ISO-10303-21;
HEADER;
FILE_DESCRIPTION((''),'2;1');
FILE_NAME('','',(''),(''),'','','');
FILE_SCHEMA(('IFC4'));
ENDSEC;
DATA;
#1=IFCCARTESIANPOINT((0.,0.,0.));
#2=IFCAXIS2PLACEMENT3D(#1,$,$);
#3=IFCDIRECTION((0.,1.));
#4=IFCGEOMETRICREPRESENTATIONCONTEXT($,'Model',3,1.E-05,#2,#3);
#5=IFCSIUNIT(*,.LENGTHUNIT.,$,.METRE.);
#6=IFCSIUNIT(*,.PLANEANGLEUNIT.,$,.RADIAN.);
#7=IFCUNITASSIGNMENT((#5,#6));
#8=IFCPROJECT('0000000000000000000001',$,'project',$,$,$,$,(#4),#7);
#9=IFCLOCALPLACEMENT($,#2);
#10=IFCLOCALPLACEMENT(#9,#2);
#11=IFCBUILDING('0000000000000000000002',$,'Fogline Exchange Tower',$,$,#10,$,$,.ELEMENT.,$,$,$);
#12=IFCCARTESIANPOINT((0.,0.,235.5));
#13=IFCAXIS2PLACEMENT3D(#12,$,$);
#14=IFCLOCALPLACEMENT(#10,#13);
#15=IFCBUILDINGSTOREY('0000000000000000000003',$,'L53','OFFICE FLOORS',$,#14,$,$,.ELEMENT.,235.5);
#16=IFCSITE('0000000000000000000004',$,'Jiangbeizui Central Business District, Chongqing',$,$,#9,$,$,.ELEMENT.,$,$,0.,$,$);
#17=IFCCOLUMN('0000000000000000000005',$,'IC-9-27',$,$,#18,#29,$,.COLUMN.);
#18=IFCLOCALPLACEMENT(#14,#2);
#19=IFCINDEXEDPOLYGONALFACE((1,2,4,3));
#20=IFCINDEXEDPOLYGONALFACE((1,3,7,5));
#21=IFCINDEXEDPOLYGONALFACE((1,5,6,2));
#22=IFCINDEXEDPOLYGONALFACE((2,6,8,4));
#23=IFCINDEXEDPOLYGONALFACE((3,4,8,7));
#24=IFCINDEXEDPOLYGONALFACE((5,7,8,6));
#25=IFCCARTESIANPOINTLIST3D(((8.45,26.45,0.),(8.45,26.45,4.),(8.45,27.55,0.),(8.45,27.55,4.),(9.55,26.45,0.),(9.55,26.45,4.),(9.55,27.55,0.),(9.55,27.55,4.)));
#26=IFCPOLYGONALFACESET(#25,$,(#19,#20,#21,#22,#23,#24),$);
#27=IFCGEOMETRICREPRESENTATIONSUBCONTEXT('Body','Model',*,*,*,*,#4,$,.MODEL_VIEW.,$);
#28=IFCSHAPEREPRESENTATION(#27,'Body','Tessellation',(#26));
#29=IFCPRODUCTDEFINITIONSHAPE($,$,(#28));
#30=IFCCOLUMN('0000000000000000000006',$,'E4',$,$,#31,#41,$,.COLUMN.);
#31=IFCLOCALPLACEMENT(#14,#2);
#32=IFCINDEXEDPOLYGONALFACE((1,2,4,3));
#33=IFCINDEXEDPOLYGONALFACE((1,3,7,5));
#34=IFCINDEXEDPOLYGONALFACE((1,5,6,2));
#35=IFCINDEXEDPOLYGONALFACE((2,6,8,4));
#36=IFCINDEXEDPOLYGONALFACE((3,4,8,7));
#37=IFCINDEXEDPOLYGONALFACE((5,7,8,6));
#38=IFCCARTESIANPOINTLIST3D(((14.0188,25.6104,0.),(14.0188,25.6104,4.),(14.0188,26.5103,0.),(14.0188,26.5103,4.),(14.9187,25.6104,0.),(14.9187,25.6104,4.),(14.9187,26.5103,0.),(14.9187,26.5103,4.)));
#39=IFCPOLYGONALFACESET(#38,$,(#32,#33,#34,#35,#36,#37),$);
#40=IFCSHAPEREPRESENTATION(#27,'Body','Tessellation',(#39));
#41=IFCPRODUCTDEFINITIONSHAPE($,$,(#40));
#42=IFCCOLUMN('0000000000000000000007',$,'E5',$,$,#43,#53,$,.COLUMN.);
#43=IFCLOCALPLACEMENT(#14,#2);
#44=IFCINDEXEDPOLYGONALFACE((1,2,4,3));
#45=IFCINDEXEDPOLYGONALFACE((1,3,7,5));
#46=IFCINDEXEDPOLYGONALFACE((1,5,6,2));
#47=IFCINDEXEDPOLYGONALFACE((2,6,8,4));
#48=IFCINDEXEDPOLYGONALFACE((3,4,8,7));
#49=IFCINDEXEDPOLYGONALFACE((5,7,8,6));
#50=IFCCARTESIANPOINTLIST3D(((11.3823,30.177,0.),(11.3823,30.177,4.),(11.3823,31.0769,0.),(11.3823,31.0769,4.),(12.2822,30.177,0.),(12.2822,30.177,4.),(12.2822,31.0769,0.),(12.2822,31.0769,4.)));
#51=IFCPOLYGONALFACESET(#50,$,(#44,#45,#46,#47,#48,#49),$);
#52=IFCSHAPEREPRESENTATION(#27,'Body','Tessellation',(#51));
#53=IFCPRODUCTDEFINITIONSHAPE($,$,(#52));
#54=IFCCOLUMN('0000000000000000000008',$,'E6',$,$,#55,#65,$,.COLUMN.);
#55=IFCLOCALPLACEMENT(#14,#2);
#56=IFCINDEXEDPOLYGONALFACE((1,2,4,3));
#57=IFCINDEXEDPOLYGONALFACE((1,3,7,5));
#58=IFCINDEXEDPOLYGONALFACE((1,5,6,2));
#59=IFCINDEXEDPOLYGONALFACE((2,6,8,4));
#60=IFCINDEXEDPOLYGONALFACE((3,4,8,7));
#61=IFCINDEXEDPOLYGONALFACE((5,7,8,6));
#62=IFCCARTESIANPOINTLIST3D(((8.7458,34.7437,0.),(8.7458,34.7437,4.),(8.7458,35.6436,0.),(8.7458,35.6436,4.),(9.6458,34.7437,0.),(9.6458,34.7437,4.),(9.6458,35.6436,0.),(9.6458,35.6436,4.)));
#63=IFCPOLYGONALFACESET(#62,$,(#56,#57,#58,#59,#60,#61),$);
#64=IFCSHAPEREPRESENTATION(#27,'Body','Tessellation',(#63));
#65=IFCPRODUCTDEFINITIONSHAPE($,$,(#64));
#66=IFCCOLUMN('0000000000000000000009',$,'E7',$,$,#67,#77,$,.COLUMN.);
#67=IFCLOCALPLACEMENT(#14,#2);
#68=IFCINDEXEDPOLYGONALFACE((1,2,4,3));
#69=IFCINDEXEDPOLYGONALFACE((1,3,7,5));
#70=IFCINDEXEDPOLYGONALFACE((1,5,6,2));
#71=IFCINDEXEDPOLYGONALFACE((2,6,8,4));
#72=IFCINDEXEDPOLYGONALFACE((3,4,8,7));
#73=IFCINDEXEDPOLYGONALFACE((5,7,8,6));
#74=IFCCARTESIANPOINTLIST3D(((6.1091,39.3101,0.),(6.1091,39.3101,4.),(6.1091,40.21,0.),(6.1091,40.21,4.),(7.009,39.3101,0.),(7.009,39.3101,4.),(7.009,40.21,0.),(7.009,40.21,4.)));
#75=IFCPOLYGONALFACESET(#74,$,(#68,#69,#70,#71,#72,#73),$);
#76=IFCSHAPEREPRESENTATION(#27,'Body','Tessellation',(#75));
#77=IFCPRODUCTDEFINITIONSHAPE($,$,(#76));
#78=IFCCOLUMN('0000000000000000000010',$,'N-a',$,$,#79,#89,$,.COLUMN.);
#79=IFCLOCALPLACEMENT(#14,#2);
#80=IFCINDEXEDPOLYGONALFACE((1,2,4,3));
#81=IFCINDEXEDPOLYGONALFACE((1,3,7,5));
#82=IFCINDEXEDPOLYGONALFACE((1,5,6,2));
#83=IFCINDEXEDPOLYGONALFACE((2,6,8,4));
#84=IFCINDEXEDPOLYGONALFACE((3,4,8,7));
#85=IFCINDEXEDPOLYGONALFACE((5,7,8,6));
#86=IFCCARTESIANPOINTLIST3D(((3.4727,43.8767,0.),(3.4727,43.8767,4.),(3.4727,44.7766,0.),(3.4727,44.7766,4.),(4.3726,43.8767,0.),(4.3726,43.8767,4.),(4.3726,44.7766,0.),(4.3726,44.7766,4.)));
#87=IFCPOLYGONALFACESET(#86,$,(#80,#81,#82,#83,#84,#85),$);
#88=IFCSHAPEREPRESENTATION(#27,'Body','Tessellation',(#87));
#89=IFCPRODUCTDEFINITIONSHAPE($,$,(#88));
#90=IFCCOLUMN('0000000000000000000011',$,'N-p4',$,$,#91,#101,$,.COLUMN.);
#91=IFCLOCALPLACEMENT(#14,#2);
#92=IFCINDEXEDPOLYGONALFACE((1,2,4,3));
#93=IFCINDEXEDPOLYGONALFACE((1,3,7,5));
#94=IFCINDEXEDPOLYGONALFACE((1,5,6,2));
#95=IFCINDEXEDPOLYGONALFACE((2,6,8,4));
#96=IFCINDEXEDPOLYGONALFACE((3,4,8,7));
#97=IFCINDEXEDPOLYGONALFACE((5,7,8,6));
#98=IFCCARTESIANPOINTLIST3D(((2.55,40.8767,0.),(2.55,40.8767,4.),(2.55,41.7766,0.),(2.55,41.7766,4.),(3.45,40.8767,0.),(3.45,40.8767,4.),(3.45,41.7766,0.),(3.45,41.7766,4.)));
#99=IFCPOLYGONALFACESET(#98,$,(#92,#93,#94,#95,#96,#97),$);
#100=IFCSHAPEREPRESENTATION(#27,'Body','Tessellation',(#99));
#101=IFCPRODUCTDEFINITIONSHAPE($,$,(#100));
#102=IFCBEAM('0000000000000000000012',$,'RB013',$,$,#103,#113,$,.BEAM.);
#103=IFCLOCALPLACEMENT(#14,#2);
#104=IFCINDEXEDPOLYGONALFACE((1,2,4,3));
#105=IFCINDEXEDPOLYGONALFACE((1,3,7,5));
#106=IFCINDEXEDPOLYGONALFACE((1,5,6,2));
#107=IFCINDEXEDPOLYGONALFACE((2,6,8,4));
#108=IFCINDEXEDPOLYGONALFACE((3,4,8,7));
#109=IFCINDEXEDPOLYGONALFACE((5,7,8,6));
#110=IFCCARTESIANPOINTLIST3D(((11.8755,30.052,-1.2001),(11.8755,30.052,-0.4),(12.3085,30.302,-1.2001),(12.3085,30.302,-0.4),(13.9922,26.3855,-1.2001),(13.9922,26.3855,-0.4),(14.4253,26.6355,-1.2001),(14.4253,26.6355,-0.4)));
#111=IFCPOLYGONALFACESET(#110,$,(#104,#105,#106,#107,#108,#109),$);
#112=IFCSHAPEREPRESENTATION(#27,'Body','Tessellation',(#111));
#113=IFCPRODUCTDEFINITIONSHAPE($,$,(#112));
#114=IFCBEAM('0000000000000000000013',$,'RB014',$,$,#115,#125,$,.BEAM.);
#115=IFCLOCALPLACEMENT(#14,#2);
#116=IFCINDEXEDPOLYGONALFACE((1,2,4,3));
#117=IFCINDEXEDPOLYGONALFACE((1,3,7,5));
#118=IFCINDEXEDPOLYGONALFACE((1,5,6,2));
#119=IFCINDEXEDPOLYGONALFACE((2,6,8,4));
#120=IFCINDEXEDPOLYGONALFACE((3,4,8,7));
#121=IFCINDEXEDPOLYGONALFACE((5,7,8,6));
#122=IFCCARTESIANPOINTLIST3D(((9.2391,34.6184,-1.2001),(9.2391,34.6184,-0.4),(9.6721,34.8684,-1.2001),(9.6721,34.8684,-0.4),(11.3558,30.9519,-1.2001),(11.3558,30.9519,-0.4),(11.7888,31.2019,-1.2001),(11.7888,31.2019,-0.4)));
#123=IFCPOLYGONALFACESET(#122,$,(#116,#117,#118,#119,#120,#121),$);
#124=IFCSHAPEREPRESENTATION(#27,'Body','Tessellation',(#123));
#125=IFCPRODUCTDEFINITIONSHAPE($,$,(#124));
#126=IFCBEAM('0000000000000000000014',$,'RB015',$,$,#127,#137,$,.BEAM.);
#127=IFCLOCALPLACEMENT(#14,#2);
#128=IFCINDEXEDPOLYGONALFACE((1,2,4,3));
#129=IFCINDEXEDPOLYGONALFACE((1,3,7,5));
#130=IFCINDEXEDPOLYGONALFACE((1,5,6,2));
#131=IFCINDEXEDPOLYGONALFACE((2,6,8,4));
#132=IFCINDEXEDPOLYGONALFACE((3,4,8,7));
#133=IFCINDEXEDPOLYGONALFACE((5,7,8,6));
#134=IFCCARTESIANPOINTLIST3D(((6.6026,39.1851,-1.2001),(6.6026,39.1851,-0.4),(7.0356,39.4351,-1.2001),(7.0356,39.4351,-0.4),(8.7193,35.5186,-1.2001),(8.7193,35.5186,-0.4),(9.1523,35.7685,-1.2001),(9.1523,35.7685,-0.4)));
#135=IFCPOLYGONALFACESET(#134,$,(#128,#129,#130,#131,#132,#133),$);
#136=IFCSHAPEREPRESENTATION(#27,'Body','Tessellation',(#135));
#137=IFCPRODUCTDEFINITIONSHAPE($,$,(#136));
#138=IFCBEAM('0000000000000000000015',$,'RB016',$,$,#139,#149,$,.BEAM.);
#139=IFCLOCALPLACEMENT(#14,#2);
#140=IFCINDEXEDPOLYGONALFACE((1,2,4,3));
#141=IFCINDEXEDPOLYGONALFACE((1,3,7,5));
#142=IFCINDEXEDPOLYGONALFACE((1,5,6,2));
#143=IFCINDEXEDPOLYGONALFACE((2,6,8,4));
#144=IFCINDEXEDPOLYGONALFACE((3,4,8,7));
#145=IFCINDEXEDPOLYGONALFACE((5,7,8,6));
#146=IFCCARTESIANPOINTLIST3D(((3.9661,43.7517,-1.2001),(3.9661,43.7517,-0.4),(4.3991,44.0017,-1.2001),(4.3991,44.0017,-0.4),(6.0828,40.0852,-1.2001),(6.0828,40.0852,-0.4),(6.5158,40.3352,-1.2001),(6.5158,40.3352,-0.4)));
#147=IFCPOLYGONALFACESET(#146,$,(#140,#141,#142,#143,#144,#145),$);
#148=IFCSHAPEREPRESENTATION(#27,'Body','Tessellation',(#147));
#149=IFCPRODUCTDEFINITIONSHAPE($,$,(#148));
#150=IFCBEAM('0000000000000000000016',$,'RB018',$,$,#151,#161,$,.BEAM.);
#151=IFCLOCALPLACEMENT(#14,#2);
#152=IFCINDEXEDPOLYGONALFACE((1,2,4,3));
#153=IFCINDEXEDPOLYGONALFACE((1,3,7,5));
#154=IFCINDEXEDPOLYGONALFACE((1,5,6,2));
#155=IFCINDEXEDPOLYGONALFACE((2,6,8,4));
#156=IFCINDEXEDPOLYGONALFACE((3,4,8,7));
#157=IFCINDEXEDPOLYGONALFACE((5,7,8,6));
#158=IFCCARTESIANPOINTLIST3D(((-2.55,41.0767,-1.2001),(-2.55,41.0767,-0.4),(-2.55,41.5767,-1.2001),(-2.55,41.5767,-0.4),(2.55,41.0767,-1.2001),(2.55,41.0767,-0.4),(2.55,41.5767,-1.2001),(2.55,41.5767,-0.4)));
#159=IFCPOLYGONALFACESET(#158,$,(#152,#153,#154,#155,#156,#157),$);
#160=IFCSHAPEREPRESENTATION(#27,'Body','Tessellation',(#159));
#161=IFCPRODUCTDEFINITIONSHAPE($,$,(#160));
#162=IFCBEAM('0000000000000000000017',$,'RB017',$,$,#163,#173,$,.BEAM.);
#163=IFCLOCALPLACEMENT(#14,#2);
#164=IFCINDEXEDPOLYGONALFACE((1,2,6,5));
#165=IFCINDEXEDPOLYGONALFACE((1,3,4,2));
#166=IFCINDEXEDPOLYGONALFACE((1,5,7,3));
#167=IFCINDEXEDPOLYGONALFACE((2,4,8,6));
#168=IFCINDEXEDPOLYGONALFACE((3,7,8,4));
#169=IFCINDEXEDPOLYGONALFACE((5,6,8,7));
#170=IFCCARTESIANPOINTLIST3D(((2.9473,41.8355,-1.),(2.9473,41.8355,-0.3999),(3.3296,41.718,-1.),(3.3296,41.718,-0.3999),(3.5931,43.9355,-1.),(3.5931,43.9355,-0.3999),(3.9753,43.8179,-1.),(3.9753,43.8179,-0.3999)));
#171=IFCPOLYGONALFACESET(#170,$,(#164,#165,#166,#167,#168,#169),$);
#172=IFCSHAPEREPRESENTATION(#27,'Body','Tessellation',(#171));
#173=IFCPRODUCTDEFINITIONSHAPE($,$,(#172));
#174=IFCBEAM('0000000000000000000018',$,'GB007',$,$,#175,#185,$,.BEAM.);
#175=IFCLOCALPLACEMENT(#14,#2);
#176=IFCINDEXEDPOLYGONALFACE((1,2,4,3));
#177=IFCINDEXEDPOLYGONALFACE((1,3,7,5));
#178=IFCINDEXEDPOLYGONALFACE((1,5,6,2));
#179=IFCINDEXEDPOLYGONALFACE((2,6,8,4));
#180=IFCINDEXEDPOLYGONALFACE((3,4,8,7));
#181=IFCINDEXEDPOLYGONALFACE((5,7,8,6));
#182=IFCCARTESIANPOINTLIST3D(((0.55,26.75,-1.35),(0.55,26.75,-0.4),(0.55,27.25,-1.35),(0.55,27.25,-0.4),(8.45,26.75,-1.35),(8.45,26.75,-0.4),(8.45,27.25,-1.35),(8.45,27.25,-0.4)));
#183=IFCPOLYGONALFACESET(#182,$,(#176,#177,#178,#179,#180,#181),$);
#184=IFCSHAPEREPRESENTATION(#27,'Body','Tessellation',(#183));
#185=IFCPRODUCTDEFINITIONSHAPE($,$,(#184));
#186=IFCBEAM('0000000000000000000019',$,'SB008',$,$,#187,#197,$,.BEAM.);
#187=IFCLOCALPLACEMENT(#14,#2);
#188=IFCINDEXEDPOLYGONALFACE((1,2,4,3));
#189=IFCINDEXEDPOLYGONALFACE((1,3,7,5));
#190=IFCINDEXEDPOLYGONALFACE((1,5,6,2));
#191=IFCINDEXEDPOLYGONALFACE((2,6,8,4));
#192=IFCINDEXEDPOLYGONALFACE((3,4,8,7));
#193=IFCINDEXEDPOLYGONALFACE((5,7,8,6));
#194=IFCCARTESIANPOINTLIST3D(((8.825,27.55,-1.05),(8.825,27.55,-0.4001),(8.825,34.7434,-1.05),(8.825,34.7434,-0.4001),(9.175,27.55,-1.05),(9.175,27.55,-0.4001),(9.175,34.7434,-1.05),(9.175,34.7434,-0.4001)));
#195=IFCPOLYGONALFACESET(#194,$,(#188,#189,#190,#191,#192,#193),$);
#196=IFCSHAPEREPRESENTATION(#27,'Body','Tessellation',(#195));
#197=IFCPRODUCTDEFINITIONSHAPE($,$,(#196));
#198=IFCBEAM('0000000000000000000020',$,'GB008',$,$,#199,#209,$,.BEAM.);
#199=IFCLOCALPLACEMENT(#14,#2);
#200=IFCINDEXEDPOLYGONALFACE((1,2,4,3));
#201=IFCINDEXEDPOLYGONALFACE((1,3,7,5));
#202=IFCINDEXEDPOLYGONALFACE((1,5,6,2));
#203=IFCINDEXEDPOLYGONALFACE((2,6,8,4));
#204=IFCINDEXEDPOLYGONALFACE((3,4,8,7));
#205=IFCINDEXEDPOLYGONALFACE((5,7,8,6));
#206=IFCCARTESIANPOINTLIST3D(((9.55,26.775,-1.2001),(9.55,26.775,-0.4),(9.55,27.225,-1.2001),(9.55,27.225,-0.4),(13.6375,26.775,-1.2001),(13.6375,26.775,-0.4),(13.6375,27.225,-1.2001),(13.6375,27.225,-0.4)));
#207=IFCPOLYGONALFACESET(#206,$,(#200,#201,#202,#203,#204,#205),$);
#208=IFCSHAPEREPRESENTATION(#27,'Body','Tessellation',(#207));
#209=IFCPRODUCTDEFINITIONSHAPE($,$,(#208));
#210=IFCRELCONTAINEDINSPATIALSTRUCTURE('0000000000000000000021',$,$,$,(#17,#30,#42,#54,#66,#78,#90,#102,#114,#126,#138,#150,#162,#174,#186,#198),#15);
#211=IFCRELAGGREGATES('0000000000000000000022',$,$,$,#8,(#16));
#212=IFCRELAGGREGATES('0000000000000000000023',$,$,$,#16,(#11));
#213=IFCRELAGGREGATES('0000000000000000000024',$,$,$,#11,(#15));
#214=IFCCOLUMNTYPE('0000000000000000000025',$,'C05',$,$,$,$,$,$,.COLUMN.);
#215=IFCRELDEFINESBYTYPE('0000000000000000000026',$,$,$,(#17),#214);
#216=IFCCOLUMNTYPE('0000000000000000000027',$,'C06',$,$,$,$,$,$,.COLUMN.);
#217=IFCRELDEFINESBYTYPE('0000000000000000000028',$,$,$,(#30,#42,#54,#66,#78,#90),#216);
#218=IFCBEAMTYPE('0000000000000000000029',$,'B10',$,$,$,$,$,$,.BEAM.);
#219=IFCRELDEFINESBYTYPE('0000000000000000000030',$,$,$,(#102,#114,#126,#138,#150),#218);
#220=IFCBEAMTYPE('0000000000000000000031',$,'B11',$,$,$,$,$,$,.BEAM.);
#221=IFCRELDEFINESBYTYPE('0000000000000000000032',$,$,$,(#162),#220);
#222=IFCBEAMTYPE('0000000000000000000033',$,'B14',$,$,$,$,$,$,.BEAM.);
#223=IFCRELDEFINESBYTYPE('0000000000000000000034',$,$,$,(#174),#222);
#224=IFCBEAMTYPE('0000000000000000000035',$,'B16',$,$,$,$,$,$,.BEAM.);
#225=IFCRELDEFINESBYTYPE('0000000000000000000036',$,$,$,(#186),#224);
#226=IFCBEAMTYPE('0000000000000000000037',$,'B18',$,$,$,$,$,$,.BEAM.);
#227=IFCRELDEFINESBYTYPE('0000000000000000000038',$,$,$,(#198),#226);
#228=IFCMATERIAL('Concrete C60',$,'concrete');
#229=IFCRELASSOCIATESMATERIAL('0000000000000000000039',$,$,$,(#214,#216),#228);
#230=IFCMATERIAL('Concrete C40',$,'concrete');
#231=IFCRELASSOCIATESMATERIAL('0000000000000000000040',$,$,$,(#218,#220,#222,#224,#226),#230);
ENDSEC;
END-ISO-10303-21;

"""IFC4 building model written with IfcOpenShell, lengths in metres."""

from ifc_helpers import new_model, si_unit, direction, frame, origin, origin_2d, place, context, subcontext, project, spatial, rectangle, extrude, material, material_profile, profile_set, type_object, element, save


model = new_model("IFC4")

# Units and contexts
model_context = context("Model", 3, precision=1e-05, world=origin(), true_north=direction((0.0, 1.0)))
body_context = subcontext(model_context, "Body", "Model", "MODEL_VIEW")
ifc_project = project(units=[si_unit("LENGTHUNIT", "METRE"), si_unit("PLANEANGLEUNIT", "RADIAN")], contexts=[model_context])

# Site, building, storey
site_placement = place(None, origin())
site = spatial("IfcSite", under=ifc_project, at=site_placement, Name="Jiangbeizui Central Business District, Chongqing", CompositionType="ELEMENT", RefElevation=0.0)
building_placement = place(site_placement, origin())
building = spatial("IfcBuilding", under=site, at=building_placement, Name="Fogline Exchange Tower", CompositionType="ELEMENT")
storey_placement = place(building_placement, frame((0.0, 0.0, 235.5)))
storey = spatial("IfcBuildingStorey", under=building, at=storey_placement, Name="L53", Description="OFFICE FLOORS", CompositionType="ELEMENT", Elevation=235.5)

# Columns
ifc_material_1 = material(Name="Concrete C60", Category="concrete")
ifc_material_profile_1 = material_profile(ifc_material_1, rectangle(XDim=1.1001, YDim=1.1001, at=origin_2d()), Name="RC 1100x1100")
ifc_profile_set_1 = profile_set([ifc_material_profile_1], Name="Concrete C60")
column_type_1 = type_object("IfcColumnType", Name="C05", PredefinedType="COLUMN", material=ifc_profile_set_1)
column_placement = place(storey_placement, frame((9.0, 27.0, 0.0), z_axis=(0.0, 0.0, 1.0), x_axis=(1.0, 0.0, 0.0)))
element("IfcColumn", 1, at=column_placement, inside=storey, type_object=column_type_1, Name="IC-9-27", PredefinedType="COLUMN", context=body_context, shape_type="SweptSolid", body=[
    extrude(rectangle(XDim=1.1001, YDim=1.1001, at=origin_2d()), origin(), (0.0, 0.0, 1.0), 4.0),
])
ifc_material_profile_2 = material_profile(ifc_material_1, rectangle(XDim=0.8999, YDim=0.8999, at=origin_2d()), Name="RC 900x900")
ifc_profile_set_2 = profile_set([ifc_material_profile_2], Name="Concrete C60")
column_type_2 = type_object("IfcColumnType", Name="C06", PredefinedType="COLUMN", material=ifc_profile_set_2)
for number, where, z_axis, x_axis, name in (
    (2, (14.4688, 26.0603, 0.0), (0.0, 0.0, 1.0), (1.0, 0.0, 0.0), "E4"),
    (3, (11.8323, 30.627, 0.0), (0.0, 0.0, 1.0), (1.0, 0.0, 0.0), "E5"),
    (4, (9.1958, 35.1936, 0.0), (0.0, 0.0, 1.0), (1.0, 0.0, 0.0), "E6"),
    (5, (6.5591, 39.76, 0.0), (0.0, 0.0, 1.0), (1.0, 0.0, 0.0), "E7"),
    (6, (3.9226, 44.3267, 0.0), (0.0, 0.0, 1.0), (1.0, 0.0, 0.0), "N-a"),
    (7, (3.0, 41.3267, 0.0), (0.0, 0.0, 1.0), (1.0, 0.0, 0.0), "N-p4"),
):
    element("IfcColumn", number, at=place(storey_placement, frame(where, z_axis=z_axis, x_axis=x_axis)), inside=storey, type_object=column_type_2, Name=name, PredefinedType="COLUMN", context=body_context, shape_type="SweptSolid", body=[
        extrude(rectangle(XDim=0.8999, YDim=0.8999, at=origin_2d()), origin(), (0.0, 0.0, 1.0), 4.0),
    ])

# Beams
ifc_material_2 = material(Name="Concrete C40", Category="concrete")
ifc_material_profile_3 = material_profile(ifc_material_2, rectangle(XDim=0.5, YDim=0.8, at=origin_2d()), Name="RC 500x800")
ifc_profile_set_3 = profile_set([ifc_material_profile_3], Name="Concrete C40")
beam_type_1 = type_object("IfcBeamType", Name="B10", PredefinedType="BEAM", material=ifc_profile_set_3)
for number, where, z_axis, x_axis, name in (
    (8, (14.2087, 26.5105, -0.8), (-0.499972, 0.866042, 0.0), (-0.866042, -0.499972, 0.0), "RB013"),
    (9, (11.5723, 31.0769, -0.8), (-0.499972, 0.866042, 0.0), (-0.866042, -0.499972, 0.0), "RB014"),
    (10, (8.9358, 35.6436, -0.8), (-0.499972, 0.866042, 0.0), (-0.866042, -0.499972, 0.0), "RB015"),
    (11, (6.2993, 40.2102, -0.8), (-0.499972, 0.866042, 0.0), (-0.866042, -0.499972, 0.0), "RB016"),
):
    element("IfcBeam", number, at=place(storey_placement, frame(where, z_axis=z_axis, x_axis=x_axis)), inside=storey, type_object=beam_type_1, Name=name, PredefinedType="BEAM", context=body_context, shape_type="SweptSolid", body=[
        extrude(rectangle(XDim=0.5, YDim=0.8, at=origin_2d()), origin(), (0.0, 0.0, 1.0), 4.2336),
    ])
beam_1_placement = place(storey_placement, frame((2.55, 41.3267, -0.8), z_axis=(-1.0, 0.0, 0.0), x_axis=(0.0, -1.0, 0.0)))
element("IfcBeam", 12, at=beam_1_placement, inside=storey, type_object=beam_type_1, Name="RB018", PredefinedType="BEAM", context=body_context, shape_type="SweptSolid", body=[
    extrude(rectangle(XDim=0.5, YDim=0.8, at=origin_2d()), origin(), (0.0, 0.0, 1.0), 5.1001),
])
ifc_material_profile_4 = material_profile(ifc_material_2, rectangle(XDim=0.3999, YDim=0.6001, at=origin_2d()), Name="RC 400x600")
ifc_profile_set_4 = profile_set([ifc_material_profile_4], Name="Concrete C40")
beam_type_2 = type_object("IfcBeamType", Name="B11", PredefinedType="BEAM", material=ifc_profile_set_4)
beam_2_placement = place(storey_placement, frame((3.7842, 43.8767, -0.7), z_axis=(-0.293906, -0.955834, 0.0), x_axis=(0.955834, -0.293906, 0.0)))
element("IfcBeam", 13, at=beam_2_placement, inside=storey, type_object=beam_type_2, Name="RB017", PredefinedType="BEAM", context=body_context, shape_type="SweptSolid", body=[
    extrude(rectangle(XDim=0.3999, YDim=0.6001, at=origin_2d()), origin(), (0.0, 0.0, 1.0), 2.197),
])
ifc_material_profile_5 = material_profile(ifc_material_2, rectangle(XDim=0.5, YDim=0.95, at=origin_2d()), Name="RC 500x950")
ifc_profile_set_5 = profile_set([ifc_material_profile_5], Name="Concrete C40")
beam_type_3 = type_object("IfcBeamType", Name="B14", PredefinedType="BEAM", material=ifc_profile_set_5)
beam_3_placement = place(storey_placement, frame((0.55, 27.0, -0.875), z_axis=(1.0, 0.0, 0.0), x_axis=(0.0, 1.0, 0.0)))
element("IfcBeam", 14, at=beam_3_placement, inside=storey, type_object=beam_type_3, Name="GB007", PredefinedType="BEAM", context=body_context, shape_type="SweptSolid", body=[
    extrude(rectangle(XDim=0.5, YDim=0.95, at=origin_2d()), origin(), (0.0, 0.0, 1.0), 7.8999),
])
ifc_material_profile_6 = material_profile(ifc_material_2, rectangle(XDim=0.3501, YDim=0.6499, at=origin_2d()), Name="RC 350x650")
ifc_profile_set_6 = profile_set([ifc_material_profile_6], Name="Concrete C40")
beam_type_4 = type_object("IfcBeamType", Name="B16", PredefinedType="BEAM", material=ifc_profile_set_6)
beam_4_placement = place(storey_placement, frame((9.0, 27.55, -0.7251), z_axis=(0.0, 1.0, 0.0), x_axis=(-1.0, 0.0, 0.0)))
element("IfcBeam", 15, at=beam_4_placement, inside=storey, type_object=beam_type_4, Name="SB008", PredefinedType="BEAM", context=body_context, shape_type="SweptSolid", body=[
    extrude(rectangle(XDim=0.3501, YDim=0.6499, at=origin_2d()), origin(), (0.0, 0.0, 1.0), 7.1934),
])
ifc_material_profile_7 = material_profile(ifc_material_2, rectangle(XDim=0.45, YDim=0.8, at=origin_2d()), Name="RC 450x800")
ifc_profile_set_7 = profile_set([ifc_material_profile_7], Name="Concrete C40")
beam_type_5 = type_object("IfcBeamType", Name="B18", PredefinedType="BEAM", material=ifc_profile_set_7)
beam_5_placement = place(storey_placement, frame((9.55, 27.0, -0.8), z_axis=(1.0, 0.0, 0.0), x_axis=(0.0, 1.0, 0.0)))
element("IfcBeam", 16, at=beam_5_placement, inside=storey, type_object=beam_type_5, Name="GB008", PredefinedType="BEAM", context=body_context, shape_type="SweptSolid", body=[
    extrude(rectangle(XDim=0.45, YDim=0.8, at=origin_2d()), origin(), (0.0, 0.0, 1.0), 4.0874),
])

save(model, "model.ifc")
